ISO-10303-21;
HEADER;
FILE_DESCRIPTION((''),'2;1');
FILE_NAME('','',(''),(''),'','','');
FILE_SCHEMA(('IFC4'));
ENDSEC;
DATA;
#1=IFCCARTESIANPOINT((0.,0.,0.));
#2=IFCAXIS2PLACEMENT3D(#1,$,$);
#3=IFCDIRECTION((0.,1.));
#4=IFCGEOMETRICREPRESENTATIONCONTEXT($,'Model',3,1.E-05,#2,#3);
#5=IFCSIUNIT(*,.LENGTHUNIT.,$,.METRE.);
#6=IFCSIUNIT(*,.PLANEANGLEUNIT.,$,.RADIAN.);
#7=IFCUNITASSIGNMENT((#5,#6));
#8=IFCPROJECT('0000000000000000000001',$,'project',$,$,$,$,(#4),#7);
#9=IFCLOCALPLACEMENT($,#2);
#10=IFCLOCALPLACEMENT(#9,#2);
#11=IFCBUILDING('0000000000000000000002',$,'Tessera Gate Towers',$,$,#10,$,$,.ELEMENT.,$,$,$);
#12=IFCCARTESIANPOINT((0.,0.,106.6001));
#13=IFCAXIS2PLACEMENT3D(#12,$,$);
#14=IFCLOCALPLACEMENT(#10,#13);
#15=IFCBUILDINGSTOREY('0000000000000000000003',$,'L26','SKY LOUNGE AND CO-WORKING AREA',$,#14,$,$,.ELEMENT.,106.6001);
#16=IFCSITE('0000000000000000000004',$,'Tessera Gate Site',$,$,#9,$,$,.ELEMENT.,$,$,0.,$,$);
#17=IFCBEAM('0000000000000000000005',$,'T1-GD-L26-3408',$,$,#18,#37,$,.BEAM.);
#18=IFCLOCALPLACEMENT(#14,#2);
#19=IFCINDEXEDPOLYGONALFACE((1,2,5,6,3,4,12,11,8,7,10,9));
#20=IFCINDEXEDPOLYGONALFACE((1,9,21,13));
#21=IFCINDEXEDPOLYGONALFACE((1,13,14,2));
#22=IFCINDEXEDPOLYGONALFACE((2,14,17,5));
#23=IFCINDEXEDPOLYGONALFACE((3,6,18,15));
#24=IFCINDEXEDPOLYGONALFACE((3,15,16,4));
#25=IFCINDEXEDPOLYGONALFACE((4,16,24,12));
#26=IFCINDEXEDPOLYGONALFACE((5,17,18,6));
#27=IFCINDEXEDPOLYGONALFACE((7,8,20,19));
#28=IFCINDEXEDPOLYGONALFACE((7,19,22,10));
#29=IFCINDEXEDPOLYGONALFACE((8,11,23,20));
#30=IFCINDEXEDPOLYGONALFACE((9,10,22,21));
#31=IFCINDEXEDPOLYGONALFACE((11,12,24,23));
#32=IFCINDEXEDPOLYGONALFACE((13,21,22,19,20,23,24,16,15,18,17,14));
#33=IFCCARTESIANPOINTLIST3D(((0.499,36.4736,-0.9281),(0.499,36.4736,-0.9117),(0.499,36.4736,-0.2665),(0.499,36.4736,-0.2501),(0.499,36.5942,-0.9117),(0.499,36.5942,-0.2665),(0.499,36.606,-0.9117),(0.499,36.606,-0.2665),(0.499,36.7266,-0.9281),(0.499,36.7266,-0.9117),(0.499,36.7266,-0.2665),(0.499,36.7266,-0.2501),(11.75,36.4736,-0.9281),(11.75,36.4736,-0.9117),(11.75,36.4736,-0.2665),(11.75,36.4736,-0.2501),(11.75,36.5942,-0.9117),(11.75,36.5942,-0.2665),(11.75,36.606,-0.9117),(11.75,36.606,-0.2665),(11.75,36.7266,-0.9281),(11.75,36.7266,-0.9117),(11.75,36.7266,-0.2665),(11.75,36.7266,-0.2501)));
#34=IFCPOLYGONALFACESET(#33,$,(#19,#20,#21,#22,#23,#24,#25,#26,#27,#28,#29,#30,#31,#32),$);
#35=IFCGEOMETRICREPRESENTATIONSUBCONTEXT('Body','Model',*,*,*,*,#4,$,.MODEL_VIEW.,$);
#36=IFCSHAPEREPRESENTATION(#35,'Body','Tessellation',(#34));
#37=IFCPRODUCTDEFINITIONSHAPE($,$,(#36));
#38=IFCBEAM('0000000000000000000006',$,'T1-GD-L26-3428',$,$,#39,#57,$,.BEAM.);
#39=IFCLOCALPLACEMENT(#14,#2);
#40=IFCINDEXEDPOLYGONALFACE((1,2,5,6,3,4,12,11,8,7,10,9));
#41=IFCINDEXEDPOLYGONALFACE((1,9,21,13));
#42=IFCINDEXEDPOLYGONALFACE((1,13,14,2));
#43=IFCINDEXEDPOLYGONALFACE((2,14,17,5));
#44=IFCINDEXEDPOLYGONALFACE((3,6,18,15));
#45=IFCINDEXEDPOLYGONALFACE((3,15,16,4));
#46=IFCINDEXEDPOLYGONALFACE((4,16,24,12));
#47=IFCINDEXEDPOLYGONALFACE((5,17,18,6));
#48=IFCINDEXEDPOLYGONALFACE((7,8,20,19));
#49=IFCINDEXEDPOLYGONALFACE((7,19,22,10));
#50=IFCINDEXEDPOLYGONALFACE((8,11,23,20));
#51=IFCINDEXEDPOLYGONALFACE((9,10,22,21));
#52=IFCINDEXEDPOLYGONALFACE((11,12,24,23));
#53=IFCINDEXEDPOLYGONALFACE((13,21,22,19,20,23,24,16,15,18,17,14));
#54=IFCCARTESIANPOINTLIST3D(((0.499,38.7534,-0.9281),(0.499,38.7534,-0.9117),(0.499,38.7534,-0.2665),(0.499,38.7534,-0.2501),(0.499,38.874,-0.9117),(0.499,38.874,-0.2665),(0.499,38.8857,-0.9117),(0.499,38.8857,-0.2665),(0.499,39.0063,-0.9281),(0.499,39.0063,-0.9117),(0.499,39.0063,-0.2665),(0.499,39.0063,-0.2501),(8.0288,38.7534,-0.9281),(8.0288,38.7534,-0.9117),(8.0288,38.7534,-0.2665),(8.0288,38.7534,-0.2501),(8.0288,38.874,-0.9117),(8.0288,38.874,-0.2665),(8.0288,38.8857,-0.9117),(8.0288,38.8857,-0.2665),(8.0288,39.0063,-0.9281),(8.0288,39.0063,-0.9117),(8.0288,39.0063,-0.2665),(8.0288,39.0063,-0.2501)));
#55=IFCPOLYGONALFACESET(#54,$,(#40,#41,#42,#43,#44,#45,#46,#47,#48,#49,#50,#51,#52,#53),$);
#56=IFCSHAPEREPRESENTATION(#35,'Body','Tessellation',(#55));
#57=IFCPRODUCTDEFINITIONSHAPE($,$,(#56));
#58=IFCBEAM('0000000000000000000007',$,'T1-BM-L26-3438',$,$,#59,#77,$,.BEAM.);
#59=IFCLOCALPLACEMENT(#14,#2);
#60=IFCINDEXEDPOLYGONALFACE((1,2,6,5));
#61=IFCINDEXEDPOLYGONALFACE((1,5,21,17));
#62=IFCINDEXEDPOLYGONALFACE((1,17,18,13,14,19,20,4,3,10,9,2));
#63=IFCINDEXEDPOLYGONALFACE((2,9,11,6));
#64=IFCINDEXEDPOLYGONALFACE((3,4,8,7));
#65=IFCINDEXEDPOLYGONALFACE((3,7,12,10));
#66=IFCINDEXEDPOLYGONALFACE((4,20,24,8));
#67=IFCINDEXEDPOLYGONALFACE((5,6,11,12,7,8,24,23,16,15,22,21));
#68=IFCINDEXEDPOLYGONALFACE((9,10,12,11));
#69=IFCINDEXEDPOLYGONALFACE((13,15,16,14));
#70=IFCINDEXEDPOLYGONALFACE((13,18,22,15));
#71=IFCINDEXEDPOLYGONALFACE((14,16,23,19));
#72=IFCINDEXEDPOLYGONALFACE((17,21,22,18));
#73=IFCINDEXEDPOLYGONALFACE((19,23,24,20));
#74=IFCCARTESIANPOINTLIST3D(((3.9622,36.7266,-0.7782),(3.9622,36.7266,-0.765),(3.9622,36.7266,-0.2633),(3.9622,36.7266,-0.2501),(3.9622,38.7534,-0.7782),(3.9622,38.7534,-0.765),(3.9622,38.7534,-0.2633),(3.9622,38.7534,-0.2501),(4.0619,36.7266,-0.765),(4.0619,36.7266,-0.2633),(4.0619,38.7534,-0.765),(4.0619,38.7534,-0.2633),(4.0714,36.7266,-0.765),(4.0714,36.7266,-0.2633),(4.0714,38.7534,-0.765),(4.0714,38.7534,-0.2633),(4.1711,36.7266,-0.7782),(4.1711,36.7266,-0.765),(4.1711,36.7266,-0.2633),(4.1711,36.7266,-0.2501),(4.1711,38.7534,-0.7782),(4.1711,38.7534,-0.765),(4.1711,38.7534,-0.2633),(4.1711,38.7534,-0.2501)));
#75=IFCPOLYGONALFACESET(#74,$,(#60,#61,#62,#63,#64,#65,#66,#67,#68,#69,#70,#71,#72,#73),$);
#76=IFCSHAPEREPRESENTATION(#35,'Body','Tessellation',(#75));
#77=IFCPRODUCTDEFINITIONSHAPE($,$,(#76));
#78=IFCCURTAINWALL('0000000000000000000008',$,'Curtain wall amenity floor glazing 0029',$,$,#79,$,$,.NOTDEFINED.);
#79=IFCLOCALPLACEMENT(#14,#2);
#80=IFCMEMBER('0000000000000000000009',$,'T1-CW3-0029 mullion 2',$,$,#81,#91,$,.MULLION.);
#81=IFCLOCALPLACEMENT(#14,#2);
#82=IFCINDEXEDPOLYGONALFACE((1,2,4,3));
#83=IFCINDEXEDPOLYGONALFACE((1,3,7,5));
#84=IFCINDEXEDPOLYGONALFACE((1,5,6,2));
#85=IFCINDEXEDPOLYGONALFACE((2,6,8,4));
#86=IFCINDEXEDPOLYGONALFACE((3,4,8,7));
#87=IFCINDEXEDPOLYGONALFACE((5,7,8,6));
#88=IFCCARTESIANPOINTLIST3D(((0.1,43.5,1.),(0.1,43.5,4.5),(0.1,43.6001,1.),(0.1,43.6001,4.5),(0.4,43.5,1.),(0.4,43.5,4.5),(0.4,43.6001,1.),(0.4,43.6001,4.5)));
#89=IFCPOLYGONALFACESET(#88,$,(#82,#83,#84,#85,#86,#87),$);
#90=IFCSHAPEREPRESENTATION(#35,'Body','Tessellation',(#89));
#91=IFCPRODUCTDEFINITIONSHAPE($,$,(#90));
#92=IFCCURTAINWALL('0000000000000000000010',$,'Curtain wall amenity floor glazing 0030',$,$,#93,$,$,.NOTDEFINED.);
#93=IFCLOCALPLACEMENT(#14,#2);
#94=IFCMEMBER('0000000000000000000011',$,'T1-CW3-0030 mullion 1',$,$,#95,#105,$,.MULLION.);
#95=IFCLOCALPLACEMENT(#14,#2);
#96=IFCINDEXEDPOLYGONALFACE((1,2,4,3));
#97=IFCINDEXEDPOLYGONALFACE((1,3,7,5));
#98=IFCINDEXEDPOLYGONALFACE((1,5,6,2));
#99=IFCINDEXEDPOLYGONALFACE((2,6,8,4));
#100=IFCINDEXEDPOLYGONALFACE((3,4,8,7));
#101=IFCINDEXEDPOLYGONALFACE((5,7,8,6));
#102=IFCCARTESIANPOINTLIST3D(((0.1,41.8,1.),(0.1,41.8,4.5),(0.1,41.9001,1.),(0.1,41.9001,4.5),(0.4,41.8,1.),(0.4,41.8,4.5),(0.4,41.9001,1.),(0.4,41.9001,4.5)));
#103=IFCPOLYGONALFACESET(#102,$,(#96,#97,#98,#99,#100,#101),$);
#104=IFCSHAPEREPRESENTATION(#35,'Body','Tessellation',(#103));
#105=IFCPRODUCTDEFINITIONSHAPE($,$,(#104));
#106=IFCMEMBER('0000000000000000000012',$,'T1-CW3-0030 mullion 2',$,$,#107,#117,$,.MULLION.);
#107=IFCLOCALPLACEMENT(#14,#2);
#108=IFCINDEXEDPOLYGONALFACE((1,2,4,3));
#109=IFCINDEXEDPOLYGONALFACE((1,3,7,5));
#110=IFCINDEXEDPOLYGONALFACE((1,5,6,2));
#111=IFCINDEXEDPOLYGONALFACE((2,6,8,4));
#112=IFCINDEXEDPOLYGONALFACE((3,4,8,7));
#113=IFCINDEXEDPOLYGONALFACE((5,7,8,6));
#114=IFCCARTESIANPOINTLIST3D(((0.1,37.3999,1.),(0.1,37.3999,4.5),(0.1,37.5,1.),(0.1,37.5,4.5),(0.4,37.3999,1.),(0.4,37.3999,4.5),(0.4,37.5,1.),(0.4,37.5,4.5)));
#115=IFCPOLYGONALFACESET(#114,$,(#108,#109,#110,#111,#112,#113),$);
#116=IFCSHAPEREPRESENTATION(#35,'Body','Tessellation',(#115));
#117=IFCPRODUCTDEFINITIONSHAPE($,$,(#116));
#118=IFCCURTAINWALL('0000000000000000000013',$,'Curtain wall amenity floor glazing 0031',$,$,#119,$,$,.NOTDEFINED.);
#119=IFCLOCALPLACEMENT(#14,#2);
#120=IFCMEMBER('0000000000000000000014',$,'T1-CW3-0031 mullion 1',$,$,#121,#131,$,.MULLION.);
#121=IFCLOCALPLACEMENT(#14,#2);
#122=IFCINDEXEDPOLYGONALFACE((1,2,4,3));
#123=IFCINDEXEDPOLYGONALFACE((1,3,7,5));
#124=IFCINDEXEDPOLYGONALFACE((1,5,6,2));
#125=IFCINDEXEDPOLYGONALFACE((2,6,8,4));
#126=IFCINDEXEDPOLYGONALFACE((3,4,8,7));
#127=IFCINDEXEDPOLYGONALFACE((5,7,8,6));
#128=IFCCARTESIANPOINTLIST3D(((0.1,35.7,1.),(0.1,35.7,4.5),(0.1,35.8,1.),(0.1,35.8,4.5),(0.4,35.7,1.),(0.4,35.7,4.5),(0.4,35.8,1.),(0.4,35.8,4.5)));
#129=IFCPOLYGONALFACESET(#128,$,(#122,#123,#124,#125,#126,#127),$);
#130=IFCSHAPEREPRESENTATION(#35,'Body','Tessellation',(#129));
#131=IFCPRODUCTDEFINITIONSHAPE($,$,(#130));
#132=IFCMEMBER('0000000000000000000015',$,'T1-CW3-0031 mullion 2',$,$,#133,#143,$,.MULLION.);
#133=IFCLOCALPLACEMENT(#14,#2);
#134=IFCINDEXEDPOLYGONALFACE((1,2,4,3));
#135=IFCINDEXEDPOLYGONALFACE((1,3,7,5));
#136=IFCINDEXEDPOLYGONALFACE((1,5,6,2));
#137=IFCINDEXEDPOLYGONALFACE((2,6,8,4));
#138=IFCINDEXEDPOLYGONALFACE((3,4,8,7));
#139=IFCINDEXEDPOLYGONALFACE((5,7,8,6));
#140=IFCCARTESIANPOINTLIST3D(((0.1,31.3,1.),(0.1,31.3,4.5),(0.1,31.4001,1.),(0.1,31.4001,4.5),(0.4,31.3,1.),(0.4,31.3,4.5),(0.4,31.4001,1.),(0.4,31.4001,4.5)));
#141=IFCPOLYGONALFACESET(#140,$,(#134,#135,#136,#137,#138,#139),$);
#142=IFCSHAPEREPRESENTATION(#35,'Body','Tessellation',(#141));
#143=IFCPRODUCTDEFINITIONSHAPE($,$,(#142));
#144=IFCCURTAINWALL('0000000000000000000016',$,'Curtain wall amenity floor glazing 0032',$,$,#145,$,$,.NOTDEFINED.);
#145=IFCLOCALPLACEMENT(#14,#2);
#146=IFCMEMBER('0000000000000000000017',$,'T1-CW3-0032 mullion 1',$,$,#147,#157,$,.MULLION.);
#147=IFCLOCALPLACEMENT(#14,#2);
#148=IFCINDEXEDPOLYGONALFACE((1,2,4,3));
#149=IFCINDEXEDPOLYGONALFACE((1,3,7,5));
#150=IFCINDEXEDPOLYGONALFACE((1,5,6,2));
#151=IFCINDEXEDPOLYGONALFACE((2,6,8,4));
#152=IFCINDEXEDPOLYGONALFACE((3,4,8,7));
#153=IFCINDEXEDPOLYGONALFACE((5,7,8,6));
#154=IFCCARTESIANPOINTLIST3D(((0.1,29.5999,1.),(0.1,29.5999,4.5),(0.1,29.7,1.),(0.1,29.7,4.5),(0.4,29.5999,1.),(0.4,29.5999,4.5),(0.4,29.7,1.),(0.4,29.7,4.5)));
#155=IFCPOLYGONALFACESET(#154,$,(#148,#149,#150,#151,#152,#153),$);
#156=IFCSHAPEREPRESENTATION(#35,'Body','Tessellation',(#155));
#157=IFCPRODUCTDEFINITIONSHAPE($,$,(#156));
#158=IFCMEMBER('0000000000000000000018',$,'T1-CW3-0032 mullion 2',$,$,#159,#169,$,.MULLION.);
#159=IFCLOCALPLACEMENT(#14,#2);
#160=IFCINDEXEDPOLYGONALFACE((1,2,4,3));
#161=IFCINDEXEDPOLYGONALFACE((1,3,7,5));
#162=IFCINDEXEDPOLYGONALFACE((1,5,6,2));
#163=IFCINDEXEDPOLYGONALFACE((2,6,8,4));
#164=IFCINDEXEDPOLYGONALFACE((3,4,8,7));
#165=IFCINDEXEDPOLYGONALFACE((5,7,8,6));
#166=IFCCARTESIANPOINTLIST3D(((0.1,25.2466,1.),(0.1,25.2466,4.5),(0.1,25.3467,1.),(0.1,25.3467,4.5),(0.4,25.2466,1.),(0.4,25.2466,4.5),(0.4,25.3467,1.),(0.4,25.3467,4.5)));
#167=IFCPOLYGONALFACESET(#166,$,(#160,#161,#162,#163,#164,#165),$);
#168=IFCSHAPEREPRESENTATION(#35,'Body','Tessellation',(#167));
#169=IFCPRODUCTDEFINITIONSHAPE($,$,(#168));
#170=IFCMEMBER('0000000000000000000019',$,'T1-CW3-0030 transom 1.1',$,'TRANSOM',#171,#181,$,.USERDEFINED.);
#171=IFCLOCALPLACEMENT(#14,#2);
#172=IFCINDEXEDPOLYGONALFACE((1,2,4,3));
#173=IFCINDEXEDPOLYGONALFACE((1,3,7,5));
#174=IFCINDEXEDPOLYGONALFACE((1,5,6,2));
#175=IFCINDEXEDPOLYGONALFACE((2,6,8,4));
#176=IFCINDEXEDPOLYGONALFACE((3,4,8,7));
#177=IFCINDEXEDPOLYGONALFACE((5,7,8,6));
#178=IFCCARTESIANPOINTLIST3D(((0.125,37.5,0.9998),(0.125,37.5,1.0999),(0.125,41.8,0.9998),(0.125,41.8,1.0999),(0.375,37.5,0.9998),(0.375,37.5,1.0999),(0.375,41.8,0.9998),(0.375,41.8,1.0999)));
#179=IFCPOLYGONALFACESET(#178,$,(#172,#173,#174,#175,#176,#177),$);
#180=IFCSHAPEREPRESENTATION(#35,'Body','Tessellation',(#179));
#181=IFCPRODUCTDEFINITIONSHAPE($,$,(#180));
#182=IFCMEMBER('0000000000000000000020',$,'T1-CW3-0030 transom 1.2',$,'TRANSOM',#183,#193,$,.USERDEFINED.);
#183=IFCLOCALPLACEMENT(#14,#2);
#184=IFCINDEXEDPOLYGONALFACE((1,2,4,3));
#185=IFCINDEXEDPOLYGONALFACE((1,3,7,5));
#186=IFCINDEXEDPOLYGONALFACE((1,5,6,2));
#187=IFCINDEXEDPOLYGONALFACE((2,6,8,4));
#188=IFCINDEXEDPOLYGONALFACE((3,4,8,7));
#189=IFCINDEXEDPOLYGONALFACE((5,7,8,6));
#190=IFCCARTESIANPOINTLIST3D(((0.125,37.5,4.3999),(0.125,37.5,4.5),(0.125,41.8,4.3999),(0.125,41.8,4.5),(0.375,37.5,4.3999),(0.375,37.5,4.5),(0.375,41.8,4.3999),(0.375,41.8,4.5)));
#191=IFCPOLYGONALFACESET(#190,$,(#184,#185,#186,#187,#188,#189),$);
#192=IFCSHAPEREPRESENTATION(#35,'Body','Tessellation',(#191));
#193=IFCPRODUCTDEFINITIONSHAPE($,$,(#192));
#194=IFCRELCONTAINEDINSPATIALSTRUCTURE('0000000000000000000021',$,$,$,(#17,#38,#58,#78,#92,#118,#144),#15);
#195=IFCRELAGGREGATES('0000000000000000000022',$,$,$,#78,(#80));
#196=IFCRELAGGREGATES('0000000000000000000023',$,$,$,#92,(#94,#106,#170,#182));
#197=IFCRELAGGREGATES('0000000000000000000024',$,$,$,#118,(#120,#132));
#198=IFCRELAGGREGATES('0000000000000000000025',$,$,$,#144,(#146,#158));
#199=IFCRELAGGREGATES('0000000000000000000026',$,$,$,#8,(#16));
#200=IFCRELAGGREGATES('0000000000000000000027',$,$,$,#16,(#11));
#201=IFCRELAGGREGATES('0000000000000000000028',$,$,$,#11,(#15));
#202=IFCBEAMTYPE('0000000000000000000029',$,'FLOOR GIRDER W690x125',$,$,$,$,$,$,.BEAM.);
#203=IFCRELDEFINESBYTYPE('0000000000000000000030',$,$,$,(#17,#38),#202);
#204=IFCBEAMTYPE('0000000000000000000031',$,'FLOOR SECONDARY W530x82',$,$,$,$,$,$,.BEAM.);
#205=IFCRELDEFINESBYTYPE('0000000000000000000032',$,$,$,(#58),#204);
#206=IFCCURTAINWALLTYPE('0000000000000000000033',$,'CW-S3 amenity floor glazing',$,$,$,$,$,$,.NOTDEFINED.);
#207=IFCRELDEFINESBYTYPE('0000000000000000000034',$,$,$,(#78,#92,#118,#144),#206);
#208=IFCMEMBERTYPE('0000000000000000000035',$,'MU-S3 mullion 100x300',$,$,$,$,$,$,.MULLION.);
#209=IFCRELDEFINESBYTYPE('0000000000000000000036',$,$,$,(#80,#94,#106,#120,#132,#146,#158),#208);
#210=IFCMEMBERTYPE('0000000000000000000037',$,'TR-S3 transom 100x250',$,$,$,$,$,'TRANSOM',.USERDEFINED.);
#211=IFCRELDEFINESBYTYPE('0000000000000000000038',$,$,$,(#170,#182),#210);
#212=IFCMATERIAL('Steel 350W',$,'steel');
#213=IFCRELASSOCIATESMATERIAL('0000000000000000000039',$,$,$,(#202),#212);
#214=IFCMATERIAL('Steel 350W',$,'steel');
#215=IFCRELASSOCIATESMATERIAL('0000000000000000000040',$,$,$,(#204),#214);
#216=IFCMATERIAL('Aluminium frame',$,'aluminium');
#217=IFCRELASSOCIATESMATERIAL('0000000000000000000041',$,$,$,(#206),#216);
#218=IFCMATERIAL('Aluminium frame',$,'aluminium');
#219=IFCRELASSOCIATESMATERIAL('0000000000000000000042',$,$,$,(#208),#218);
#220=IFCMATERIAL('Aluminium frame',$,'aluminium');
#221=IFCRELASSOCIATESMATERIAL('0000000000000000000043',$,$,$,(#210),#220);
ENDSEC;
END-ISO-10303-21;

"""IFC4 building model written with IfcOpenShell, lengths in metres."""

from ifc_helpers import new_model, si_unit, direction, frame, origin, origin_2d, place, context, subcontext, project, spatial, rectangle, i_section, extrude, material, material_profile, profile_set, type_object, element, aggregate, save


model = new_model("IFC4")

# Units and contexts
model_context = context("Model", 3, precision=1e-05, world=origin(), true_north=direction((0.0, 1.0)))
body_context = subcontext(model_context, "Body", "Model", "MODEL_VIEW")
ifc_project = project(units=[si_unit("LENGTHUNIT", "METRE"), si_unit("PLANEANGLEUNIT", "RADIAN")], contexts=[model_context])

# Site, building, storey
site_placement = place(None, origin())
site = spatial("IfcSite", under=ifc_project, at=site_placement, Name="Tessera Gate Site", CompositionType="ELEMENT", RefElevation=0.0)
building_placement = place(site_placement, origin())
building = spatial("IfcBuilding", under=site, at=building_placement, Name="Tessera Gate Towers", CompositionType="ELEMENT")
storey_placement = place(building_placement, frame((0.0, 0.0, 106.6001)))
storey = spatial("IfcBuildingStorey", under=building, at=storey_placement, Name="L26", Description="SKY LOUNGE AND CO-WORKING AREA", CompositionType="ELEMENT", Elevation=106.6001)

# Beams
ifc_material_1 = material(Name="Steel 350W", Category="steel")
ifc_material_profile_1 = material_profile(ifc_material_1, i_section(OverallWidth=0.2529, OverallDepth=0.678, WebThickness=0.0117, FlangeThickness=0.0164, at=origin_2d()), Name="W690x125")
ifc_profile_set_1 = profile_set([ifc_material_profile_1], Name="Steel 350W")
beam_type_1 = type_object("IfcBeamType", Name="FLOOR GIRDER W690x125", PredefinedType="BEAM", material=ifc_profile_set_1)
beam_1_placement = place(storey_placement, frame((0.499, 36.6001, -0.5891), z_axis=(1.0, 0.0, 0.0), x_axis=(0.0, 1.0, 0.0)))
element("IfcBeam", 1, at=beam_1_placement, inside=storey, type_object=beam_type_1, Name="T1-GD-L26-3408", PredefinedType="BEAM", context=body_context, shape_type="SweptSolid", body=[
    extrude(i_section(OverallWidth=0.2529, OverallDepth=0.678, WebThickness=0.0117, FlangeThickness=0.0164, at=origin_2d()), origin(), (0.0, 0.0, 1.0), 11.251),
])
beam_2_placement = place(storey_placement, frame((0.499, 38.8799, -0.5891), z_axis=(1.0, 0.0, 0.0), x_axis=(0.0, 1.0, 0.0)))
element("IfcBeam", 2, at=beam_2_placement, inside=storey, type_object=beam_type_1, Name="T1-GD-L26-3428", PredefinedType="BEAM", context=body_context, shape_type="SweptSolid", body=[
    extrude(i_section(OverallWidth=0.2529, OverallDepth=0.678, WebThickness=0.0117, FlangeThickness=0.0164, at=origin_2d()), origin(), (0.0, 0.0, 1.0), 7.5298),
])
ifc_material_2 = material(Name="Steel 350W", Category="steel")
ifc_material_profile_2 = material_profile(ifc_material_2, i_section(OverallWidth=0.209, OverallDepth=0.5281, WebThickness=0.0095, FlangeThickness=0.0132, at=origin_2d()), Name="W530x82")
ifc_profile_set_2 = profile_set([ifc_material_profile_2], Name="Steel 350W")
beam_type_2 = type_object("IfcBeamType", Name="FLOOR SECONDARY W530x82", PredefinedType="BEAM", material=ifc_profile_set_2)
beam_3_placement = place(storey_placement, frame((4.0667, 36.7266, -0.5142), z_axis=(0.0, 1.0, 0.0), x_axis=(-1.0, 0.0, 0.0)))
element("IfcBeam", 3, at=beam_3_placement, inside=storey, type_object=beam_type_2, Name="T1-BM-L26-3438", PredefinedType="BEAM", context=body_context, shape_type="SweptSolid", body=[
    extrude(i_section(OverallWidth=0.209, OverallDepth=0.5281, WebThickness=0.0095, FlangeThickness=0.0132, at=origin_2d()), origin(), (0.0, 0.0, 1.0), 2.0269),
])

# Curtain wall, member
ifc_material_3 = material(Name="Aluminium frame", Category="aluminium")
curtain_wall_type = type_object("IfcCurtainWallType", Name="CW-S3 amenity floor glazing", PredefinedType="NOTDEFINED", material=ifc_material_3)
curtain_wall_1_placement = place(storey_placement, origin())
curtain_wall_1 = element("IfcCurtainWall", 4, at=curtain_wall_1_placement, inside=storey, type_object=curtain_wall_type, Name="Curtain wall amenity floor glazing 0029", PredefinedType="NOTDEFINED")
ifc_material_4 = material(Name="Aluminium frame", Category="aluminium")
ifc_material_profile_3 = material_profile(ifc_material_4, rectangle(XDim=0.1001, YDim=0.3, at=origin_2d()), Name="AL 100x300")
ifc_profile_set_3 = profile_set([ifc_material_profile_3], Name="Aluminium frame")
member_type_1 = type_object("IfcMemberType", Name="MU-S3 mullion 100x300", PredefinedType="MULLION", material=ifc_profile_set_3)
member_1_placement = place(storey_placement, frame((0.25, 43.55, 1.0), z_axis=(0.0, 0.0, 1.0), x_axis=(0.0, -1.0, 0.0)))
member_1 = element("IfcMember", 5, at=member_1_placement, type_object=member_type_1, Name="T1-CW3-0029 mullion 2", PredefinedType="MULLION", context=body_context, shape_type="SweptSolid", body=[
    extrude(rectangle(XDim=0.1001, YDim=0.3, at=origin_2d()), origin(), (0.0, 0.0, 1.0), 3.5),
])
aggregate(curtain_wall_1, [member_1])

# Curtain walls, members
curtain_wall_2_placement = place(storey_placement, origin())
curtain_wall_2 = element("IfcCurtainWall", 6, at=curtain_wall_2_placement, inside=storey, type_object=curtain_wall_type, Name="Curtain wall amenity floor glazing 0030", PredefinedType="NOTDEFINED")
member_2_placement = place(storey_placement, frame((0.25, 41.8501, 1.0), z_axis=(0.0, 0.0, 1.0), x_axis=(0.0, -1.0, 0.0)))
member_2 = element("IfcMember", 7, at=member_2_placement, type_object=member_type_1, Name="T1-CW3-0030 mullion 1", PredefinedType="MULLION", context=body_context, shape_type="SweptSolid", body=[
    extrude(rectangle(XDim=0.1001, YDim=0.3, at=origin_2d()), origin(), (0.0, 0.0, 1.0), 3.5),
])
member_3_placement = place(storey_placement, frame((0.25, 37.45, 1.0), z_axis=(0.0, 0.0, 1.0), x_axis=(0.0, -1.0, 0.0)))
member_3 = element("IfcMember", 8, at=member_3_placement, type_object=member_type_1, Name="T1-CW3-0030 mullion 2", PredefinedType="MULLION", context=body_context, shape_type="SweptSolid", body=[
    extrude(rectangle(XDim=0.1001, YDim=0.3, at=origin_2d()), origin(), (0.0, 0.0, 1.0), 3.5),
])
curtain_wall_3_placement = place(storey_placement, origin())
curtain_wall_3 = element("IfcCurtainWall", 9, at=curtain_wall_3_placement, inside=storey, type_object=curtain_wall_type, Name="Curtain wall amenity floor glazing 0031", PredefinedType="NOTDEFINED")
member_4_placement = place(storey_placement, frame((0.25, 35.75, 1.0), z_axis=(0.0, 0.0, 1.0), x_axis=(0.0, -1.0, 0.0)))
member_4 = element("IfcMember", 10, at=member_4_placement, type_object=member_type_1, Name="T1-CW3-0031 mullion 1", PredefinedType="MULLION", context=body_context, shape_type="SweptSolid", body=[
    extrude(rectangle(XDim=0.1001, YDim=0.3, at=origin_2d()), origin(), (0.0, 0.0, 1.0), 3.5),
])
member_5_placement = place(storey_placement, frame((0.25, 31.3501, 1.0), z_axis=(0.0, 0.0, 1.0), x_axis=(0.0, -1.0, 0.0)))
member_5 = element("IfcMember", 11, at=member_5_placement, type_object=member_type_1, Name="T1-CW3-0031 mullion 2", PredefinedType="MULLION", context=body_context, shape_type="SweptSolid", body=[
    extrude(rectangle(XDim=0.1001, YDim=0.3, at=origin_2d()), origin(), (0.0, 0.0, 1.0), 3.5),
])
curtain_wall_4_placement = place(storey_placement, origin())
curtain_wall_4 = element("IfcCurtainWall", 12, at=curtain_wall_4_placement, inside=storey, type_object=curtain_wall_type, Name="Curtain wall amenity floor glazing 0032", PredefinedType="NOTDEFINED")
member_6_placement = place(storey_placement, frame((0.25, 29.6499, 1.0), z_axis=(0.0, 0.0, 1.0), x_axis=(0.0, -1.0, 0.0)))
member_6 = element("IfcMember", 13, at=member_6_placement, type_object=member_type_1, Name="T1-CW3-0032 mullion 1", PredefinedType="MULLION", context=body_context, shape_type="SweptSolid", body=[
    extrude(rectangle(XDim=0.1001, YDim=0.3, at=origin_2d()), origin(), (0.0, 0.0, 1.0), 3.5),
])
member_7_placement = place(storey_placement, frame((0.25, 25.2966, 1.0), z_axis=(0.0, 0.0, 1.0), x_axis=(0.0, -1.0, 0.0)))
member_7 = element("IfcMember", 14, at=member_7_placement, type_object=member_type_1, Name="T1-CW3-0032 mullion 2", PredefinedType="MULLION", context=body_context, shape_type="SweptSolid", body=[
    extrude(rectangle(XDim=0.1001, YDim=0.3, at=origin_2d()), origin(), (0.0, 0.0, 1.0), 3.5),
])

# Members
ifc_material_5 = material(Name="Aluminium frame", Category="aluminium")
ifc_material_profile_4 = material_profile(ifc_material_5, rectangle(XDim=0.25, YDim=0.1001, at=origin_2d()), Name="AL 100x250")
ifc_profile_set_4 = profile_set([ifc_material_profile_4], Name="Aluminium frame")
member_type_2 = type_object("IfcMemberType", Name="TR-S3 transom 100x250", ElementType="TRANSOM", PredefinedType="USERDEFINED", material=ifc_profile_set_4)
member_8_placement = place(storey_placement, frame((0.25, 41.8, 1.0498), z_axis=(0.0, -1.0, 0.0), x_axis=(1.0, 0.0, 0.0)))
member_8 = element("IfcMember", 15, at=member_8_placement, type_object=member_type_2, Name="T1-CW3-0030 transom 1.1", ObjectType="TRANSOM", PredefinedType="USERDEFINED", context=body_context, shape_type="SweptSolid", body=[
    extrude(rectangle(XDim=0.25, YDim=0.1001, at=origin_2d()), origin(), (0.0, 0.0, 1.0), 4.3),
])
member_9_placement = place(storey_placement, frame((0.25, 41.8, 4.45), z_axis=(0.0, -1.0, 0.0), x_axis=(1.0, 0.0, 0.0)))
member_9 = element("IfcMember", 16, at=member_9_placement, type_object=member_type_2, Name="T1-CW3-0030 transom 1.2", ObjectType="TRANSOM", PredefinedType="USERDEFINED", context=body_context, shape_type="SweptSolid", body=[
    extrude(rectangle(XDim=0.25, YDim=0.1001, at=origin_2d()), origin(), (0.0, 0.0, 1.0), 4.3),
])

aggregate(curtain_wall_2, [member_2, member_3, member_8, member_9])
aggregate(curtain_wall_3, [member_4, member_5])
aggregate(curtain_wall_4, [member_6, member_7])

save(model, "model.ifc")
